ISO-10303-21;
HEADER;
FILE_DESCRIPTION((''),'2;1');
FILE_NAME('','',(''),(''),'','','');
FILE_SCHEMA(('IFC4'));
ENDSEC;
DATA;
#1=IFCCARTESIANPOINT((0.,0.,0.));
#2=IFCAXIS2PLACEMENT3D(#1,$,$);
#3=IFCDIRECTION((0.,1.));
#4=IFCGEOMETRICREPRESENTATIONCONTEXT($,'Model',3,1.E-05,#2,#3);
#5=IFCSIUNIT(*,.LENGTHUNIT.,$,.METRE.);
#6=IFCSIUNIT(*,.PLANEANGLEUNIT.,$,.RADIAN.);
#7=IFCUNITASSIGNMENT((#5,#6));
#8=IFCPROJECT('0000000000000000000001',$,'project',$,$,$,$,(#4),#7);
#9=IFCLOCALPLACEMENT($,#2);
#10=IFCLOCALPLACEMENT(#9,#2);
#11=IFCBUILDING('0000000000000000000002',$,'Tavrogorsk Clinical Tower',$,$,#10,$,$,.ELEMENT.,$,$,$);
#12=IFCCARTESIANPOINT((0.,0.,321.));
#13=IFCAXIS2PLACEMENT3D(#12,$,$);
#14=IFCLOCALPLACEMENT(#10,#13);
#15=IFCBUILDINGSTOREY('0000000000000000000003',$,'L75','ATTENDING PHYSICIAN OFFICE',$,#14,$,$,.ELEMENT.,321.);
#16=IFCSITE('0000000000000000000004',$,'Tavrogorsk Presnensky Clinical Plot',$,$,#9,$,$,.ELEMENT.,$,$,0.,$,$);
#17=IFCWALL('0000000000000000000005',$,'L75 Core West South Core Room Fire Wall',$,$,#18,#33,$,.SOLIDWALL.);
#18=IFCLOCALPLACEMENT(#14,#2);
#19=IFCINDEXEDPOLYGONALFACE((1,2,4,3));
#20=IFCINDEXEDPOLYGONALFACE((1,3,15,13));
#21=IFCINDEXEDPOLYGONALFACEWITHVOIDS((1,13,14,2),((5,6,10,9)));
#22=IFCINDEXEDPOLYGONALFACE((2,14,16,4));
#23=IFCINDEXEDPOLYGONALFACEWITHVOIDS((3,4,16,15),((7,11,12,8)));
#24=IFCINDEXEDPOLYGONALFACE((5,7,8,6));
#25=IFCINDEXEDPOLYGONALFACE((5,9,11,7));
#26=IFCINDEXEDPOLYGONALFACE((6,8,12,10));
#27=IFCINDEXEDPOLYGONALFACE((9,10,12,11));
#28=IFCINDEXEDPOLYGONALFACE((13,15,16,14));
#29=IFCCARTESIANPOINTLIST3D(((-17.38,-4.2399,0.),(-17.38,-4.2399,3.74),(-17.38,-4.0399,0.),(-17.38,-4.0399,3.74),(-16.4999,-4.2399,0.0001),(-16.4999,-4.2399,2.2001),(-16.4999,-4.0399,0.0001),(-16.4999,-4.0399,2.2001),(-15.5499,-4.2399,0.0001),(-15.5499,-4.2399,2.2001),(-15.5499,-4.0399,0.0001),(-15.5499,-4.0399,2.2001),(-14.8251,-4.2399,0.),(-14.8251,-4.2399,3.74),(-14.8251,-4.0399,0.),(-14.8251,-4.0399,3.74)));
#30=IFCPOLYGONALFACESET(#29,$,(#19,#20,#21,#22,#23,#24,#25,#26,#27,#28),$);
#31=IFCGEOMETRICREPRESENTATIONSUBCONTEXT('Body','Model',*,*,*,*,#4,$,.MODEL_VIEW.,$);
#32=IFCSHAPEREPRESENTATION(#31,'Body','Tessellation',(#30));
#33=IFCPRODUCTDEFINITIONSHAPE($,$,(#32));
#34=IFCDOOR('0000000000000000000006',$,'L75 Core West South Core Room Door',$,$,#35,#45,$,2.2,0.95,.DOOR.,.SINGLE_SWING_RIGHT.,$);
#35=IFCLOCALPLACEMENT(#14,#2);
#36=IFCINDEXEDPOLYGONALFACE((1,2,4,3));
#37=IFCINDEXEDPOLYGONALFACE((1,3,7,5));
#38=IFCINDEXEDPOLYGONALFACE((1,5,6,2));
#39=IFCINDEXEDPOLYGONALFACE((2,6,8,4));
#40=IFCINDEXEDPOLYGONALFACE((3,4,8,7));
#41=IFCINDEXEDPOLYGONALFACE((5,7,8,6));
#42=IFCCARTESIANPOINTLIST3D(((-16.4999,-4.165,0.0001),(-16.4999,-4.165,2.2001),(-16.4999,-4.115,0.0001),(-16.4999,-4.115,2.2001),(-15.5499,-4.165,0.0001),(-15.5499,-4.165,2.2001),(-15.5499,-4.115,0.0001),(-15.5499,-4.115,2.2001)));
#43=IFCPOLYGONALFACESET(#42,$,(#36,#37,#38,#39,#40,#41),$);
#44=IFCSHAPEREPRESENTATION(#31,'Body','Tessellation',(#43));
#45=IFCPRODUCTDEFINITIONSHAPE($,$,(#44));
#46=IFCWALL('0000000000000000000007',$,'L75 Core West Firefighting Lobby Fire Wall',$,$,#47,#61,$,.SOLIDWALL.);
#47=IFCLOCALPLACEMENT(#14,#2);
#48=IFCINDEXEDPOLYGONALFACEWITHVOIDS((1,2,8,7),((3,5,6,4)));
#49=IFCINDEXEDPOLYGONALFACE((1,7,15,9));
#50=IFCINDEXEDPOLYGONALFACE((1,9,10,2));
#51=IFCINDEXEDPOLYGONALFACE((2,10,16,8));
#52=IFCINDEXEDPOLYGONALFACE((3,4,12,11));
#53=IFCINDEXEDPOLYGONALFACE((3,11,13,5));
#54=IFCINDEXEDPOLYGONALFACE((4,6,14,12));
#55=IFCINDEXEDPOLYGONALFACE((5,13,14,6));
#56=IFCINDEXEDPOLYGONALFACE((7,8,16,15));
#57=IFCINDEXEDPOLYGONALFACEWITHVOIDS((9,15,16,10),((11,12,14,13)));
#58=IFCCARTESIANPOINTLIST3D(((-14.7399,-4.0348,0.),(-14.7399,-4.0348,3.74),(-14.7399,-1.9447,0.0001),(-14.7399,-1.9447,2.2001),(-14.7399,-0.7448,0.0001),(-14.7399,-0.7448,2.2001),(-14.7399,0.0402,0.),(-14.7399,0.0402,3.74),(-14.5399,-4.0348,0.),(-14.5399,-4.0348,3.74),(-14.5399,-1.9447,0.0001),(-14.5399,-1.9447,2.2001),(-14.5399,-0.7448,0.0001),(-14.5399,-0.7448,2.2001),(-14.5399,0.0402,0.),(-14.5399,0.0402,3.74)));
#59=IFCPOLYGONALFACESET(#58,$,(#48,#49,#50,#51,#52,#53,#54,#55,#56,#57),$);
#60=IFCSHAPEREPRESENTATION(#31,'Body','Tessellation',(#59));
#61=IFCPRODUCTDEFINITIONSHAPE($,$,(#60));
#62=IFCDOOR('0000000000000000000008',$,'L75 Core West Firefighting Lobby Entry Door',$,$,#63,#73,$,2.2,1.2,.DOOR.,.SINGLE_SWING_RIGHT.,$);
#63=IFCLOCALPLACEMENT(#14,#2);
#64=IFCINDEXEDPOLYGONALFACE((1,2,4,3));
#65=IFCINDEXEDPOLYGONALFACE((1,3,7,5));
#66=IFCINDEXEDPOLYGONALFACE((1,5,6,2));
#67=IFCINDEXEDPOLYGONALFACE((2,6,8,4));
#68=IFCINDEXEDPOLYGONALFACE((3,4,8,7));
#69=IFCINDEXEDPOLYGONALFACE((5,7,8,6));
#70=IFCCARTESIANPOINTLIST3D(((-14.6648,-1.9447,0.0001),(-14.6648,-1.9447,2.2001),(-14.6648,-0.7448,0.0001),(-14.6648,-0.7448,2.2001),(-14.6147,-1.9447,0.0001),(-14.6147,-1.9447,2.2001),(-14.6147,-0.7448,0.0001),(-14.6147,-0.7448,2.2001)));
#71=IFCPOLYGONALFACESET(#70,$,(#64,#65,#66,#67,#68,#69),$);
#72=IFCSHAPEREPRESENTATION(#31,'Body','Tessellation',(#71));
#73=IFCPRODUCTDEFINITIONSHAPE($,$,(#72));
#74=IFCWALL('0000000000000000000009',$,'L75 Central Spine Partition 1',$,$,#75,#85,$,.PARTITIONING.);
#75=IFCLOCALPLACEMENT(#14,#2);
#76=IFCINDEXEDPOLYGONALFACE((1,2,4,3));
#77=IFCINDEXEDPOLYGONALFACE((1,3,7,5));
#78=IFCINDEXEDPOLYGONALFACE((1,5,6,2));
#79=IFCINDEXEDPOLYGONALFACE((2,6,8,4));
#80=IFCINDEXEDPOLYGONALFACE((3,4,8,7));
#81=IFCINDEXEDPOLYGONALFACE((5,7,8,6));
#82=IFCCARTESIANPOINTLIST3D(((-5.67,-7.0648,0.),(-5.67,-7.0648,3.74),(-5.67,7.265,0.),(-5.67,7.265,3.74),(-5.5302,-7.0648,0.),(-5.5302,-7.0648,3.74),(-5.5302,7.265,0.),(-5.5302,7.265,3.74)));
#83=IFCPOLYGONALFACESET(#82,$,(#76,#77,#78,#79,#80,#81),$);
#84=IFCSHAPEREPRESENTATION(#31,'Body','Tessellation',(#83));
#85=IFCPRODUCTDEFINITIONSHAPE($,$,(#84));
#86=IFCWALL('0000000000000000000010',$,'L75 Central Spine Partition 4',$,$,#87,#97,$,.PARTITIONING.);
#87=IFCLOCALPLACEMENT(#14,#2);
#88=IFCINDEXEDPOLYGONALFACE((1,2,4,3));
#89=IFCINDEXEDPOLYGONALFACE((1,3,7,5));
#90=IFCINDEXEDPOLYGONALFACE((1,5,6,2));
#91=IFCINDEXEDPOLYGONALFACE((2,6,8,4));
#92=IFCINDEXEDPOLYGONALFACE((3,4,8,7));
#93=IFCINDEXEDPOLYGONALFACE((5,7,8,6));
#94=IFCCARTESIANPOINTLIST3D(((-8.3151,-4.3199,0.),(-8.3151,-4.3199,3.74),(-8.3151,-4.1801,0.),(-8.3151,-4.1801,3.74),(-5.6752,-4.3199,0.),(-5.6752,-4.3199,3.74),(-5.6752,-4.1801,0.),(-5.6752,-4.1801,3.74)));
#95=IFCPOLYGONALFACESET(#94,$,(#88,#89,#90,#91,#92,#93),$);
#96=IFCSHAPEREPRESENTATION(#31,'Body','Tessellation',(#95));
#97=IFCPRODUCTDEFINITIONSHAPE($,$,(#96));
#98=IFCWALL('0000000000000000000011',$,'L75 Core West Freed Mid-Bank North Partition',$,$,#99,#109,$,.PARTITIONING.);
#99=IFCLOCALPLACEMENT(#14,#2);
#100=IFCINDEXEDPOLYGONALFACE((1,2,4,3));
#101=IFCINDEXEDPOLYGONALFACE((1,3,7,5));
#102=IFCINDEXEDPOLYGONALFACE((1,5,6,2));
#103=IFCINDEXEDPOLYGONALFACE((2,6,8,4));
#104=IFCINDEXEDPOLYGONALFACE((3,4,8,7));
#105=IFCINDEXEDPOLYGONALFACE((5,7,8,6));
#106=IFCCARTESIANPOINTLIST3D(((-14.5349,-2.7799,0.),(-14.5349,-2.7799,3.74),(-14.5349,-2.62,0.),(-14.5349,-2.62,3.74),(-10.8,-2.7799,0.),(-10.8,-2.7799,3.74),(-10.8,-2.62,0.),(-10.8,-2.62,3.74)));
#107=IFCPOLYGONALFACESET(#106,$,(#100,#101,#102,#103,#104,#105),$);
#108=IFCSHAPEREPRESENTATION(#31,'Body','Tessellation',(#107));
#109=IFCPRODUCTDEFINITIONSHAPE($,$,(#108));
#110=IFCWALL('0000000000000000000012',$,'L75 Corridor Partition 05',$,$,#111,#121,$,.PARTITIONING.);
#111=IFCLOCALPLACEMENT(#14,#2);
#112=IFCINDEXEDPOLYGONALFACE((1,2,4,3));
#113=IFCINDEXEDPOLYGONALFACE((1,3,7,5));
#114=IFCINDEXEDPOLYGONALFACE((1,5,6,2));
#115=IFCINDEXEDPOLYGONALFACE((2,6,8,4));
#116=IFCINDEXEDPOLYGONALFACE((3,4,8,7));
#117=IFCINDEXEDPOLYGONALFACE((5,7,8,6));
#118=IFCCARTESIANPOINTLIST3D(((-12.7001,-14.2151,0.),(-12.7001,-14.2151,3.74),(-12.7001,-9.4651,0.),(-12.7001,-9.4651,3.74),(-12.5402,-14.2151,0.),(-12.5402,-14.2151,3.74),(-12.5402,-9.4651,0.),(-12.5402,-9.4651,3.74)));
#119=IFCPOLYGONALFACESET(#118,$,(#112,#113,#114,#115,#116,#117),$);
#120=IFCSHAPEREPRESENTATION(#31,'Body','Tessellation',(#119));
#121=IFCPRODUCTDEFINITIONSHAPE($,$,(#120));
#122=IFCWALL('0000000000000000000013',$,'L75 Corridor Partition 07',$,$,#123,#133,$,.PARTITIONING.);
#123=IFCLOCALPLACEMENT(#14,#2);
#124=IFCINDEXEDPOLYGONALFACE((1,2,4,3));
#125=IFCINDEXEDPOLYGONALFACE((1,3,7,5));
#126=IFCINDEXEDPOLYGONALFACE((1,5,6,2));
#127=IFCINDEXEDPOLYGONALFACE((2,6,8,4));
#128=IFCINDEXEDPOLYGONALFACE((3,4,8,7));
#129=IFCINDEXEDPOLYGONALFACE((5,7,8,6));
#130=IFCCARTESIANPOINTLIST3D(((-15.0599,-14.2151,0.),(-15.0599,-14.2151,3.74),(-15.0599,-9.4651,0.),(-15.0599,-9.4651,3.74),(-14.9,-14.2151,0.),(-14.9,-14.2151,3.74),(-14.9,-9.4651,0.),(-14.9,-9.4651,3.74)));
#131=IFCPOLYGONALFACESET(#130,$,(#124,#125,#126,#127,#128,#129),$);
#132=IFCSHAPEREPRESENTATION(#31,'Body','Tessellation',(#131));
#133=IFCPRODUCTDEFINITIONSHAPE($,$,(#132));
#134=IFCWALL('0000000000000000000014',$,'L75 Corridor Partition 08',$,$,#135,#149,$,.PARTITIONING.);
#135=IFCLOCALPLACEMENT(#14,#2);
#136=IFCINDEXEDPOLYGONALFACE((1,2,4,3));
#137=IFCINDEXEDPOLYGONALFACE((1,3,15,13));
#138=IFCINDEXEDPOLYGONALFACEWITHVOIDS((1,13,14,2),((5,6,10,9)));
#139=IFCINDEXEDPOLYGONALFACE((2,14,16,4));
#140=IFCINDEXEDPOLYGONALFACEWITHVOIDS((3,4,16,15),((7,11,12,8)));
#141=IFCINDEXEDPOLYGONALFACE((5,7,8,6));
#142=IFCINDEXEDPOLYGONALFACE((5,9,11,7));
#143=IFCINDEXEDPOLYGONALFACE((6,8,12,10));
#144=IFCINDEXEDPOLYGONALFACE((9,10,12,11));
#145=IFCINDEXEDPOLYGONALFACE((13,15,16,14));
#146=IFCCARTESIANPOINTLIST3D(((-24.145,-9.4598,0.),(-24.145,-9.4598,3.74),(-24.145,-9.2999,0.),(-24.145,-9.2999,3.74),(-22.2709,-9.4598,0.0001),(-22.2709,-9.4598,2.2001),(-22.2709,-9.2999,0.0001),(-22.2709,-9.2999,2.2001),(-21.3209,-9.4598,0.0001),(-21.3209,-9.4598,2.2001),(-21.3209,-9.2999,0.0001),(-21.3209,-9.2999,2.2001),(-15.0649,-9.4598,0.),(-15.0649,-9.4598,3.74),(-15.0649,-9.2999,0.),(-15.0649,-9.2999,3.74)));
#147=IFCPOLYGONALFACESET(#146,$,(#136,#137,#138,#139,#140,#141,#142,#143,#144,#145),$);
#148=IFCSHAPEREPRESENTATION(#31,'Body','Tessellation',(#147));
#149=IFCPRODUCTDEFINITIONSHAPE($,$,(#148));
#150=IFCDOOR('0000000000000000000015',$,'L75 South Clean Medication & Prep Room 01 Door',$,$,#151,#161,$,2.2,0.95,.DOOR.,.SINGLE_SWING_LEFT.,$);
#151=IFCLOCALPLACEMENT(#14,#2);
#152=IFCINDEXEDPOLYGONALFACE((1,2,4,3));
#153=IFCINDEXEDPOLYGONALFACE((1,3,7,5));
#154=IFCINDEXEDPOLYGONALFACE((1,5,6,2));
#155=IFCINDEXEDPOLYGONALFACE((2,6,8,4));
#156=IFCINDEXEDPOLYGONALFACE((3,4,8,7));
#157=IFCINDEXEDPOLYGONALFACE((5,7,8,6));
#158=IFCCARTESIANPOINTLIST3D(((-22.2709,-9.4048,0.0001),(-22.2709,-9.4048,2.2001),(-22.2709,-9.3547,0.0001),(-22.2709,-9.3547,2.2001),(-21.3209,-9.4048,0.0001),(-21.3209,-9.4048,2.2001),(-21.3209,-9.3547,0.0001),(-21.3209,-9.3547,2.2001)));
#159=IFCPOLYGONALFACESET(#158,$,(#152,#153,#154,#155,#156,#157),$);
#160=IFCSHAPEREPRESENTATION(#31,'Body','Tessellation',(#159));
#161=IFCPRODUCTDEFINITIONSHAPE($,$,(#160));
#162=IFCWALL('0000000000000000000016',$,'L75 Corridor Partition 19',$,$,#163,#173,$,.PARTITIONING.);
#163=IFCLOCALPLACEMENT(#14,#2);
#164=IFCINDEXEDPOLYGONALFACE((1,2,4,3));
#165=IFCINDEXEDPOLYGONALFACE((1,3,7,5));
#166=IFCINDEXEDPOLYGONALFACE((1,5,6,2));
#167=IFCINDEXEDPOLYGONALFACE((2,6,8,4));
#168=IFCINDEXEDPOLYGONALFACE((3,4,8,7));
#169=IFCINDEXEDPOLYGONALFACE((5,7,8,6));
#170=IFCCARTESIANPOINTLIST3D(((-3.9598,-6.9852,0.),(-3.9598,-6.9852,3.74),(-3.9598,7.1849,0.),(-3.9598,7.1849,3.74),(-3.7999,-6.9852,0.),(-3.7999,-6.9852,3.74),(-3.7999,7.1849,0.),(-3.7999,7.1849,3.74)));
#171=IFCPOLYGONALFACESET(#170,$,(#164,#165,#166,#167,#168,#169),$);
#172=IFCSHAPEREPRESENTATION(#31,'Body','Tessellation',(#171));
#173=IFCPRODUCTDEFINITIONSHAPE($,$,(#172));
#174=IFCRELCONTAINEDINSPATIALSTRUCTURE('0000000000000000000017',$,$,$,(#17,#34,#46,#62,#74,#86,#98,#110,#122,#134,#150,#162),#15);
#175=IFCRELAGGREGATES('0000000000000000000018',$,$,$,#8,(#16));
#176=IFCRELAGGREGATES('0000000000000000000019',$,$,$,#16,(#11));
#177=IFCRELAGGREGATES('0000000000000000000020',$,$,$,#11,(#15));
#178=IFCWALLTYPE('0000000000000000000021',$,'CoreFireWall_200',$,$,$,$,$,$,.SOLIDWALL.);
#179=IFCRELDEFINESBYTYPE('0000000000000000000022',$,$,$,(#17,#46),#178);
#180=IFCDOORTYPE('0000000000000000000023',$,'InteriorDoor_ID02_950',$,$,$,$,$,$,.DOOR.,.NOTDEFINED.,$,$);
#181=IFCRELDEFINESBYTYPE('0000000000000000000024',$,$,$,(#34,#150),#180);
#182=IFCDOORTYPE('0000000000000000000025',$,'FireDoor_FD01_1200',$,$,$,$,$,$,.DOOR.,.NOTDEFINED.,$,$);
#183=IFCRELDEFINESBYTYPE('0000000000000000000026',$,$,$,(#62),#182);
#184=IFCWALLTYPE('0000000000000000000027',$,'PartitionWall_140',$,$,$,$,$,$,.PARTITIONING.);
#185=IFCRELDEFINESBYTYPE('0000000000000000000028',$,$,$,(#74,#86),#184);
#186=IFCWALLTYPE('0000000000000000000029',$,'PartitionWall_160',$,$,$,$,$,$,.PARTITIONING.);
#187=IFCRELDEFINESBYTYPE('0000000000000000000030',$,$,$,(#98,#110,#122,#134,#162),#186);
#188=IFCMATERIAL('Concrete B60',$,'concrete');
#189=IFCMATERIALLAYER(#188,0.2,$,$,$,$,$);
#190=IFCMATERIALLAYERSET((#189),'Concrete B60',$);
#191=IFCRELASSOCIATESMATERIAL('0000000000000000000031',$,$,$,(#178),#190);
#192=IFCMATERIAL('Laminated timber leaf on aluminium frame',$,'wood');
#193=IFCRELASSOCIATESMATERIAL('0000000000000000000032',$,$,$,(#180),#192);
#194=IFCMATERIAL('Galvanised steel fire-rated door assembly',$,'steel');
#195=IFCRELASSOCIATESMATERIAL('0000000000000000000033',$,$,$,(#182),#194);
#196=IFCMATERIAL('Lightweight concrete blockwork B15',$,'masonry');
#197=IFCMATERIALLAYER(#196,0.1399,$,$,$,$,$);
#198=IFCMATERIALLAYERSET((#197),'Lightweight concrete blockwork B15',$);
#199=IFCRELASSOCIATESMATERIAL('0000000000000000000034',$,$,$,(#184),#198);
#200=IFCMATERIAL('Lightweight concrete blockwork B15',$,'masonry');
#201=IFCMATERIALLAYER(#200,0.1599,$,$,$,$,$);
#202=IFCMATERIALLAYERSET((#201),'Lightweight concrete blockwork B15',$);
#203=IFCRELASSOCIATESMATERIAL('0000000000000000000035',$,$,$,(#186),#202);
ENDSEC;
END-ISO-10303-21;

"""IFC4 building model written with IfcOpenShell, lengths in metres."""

from ifc_helpers import new_model, si_unit, direction, frame, frame_2d, origin, place, context, subcontext, project, spatial, rectangle, extrude, material, layer, layer_set, type_object, element, fill, save


model = new_model("IFC4")

# Units and contexts
model_context = context("Model", 3, precision=1e-05, world=origin(), true_north=direction((0.0, 1.0)))
body_context = subcontext(model_context, "Body", "Model", "MODEL_VIEW")
ifc_project = project(units=[si_unit("LENGTHUNIT", "METRE"), si_unit("PLANEANGLEUNIT", "RADIAN")], contexts=[model_context])

# Site, building, storey
site_placement = place(None, origin())
site = spatial("IfcSite", under=ifc_project, at=site_placement, Name="Tavrogorsk Presnensky Clinical Plot", CompositionType="ELEMENT", RefElevation=0.0)
building_placement = place(site_placement, origin())
building = spatial("IfcBuilding", under=site, at=building_placement, Name="Tavrogorsk Clinical Tower", CompositionType="ELEMENT")
storey_placement = place(building_placement, frame((0.0, 0.0, 321.0)))
storey = spatial("IfcBuildingStorey", under=building, at=storey_placement, Name="L75", Description="ATTENDING PHYSICIAN OFFICE", CompositionType="ELEMENT", Elevation=321.0)

# Walls, openings, doors
ifc_material_1 = material(Name="Concrete B60", Category="concrete")
ifc_layer_1 = layer(ifc_material_1, 0.2)
ifc_layer_set_1 = layer_set([ifc_layer_1], Name="Concrete B60")
wall_type_1 = type_object("IfcWallType", Name="CoreFireWall_200", PredefinedType="SOLIDWALL", material=ifc_layer_set_1)
wall_1_placement = place(storey_placement, frame((-17.3799, -4.1399, 0.0), z_axis=(0.0, 0.0, 1.0), x_axis=(1.0, 0.0, 0.0)))
wall_1 = element("IfcWall", 1, at=wall_1_placement, inside=storey, type_object=wall_type_1, Name="L75 Core West South Core Room Fire Wall", PredefinedType="SOLIDWALL", context=body_context, shape_type="SweptSolid", body=[
    extrude(rectangle(XDim=2.5549, YDim=0.2, at=frame_2d((1.2773, 0.0))), origin(), (0.0, 0.0, 1.0), 3.74),
])
opening_1_placement = place(wall_1_placement, frame((0.8799, 0.0, 0.0)))
opening_1 = element("IfcOpeningElement", 2, at=opening_1_placement, cuts=wall_1, PredefinedType="OPENING", context=body_context, shape_type="SweptSolid", body=[
    extrude(rectangle(XDim=0.95, YDim=2.2, at=frame_2d((0.4751, 1.1001))), frame((0.0, 0.1099, 0.0), z_axis=(0.0, -1.0, 0.0), x_axis=(1.0, 0.0, 0.0)), (0.0, 0.0, 1.0), 0.22),
])
ifc_material_2 = material(Name="Laminated timber leaf on aluminium frame", Category="wood")
door_type_1 = type_object("IfcDoorType", Name="InteriorDoor_ID02_950", OperationType="NOTDEFINED", PredefinedType="DOOR", material=ifc_material_2)
door_1_placement = place(opening_1_placement, origin())
door_1 = element("IfcDoor", 3, at=door_1_placement, inside=storey, type_object=door_type_1, Name="L75 Core West South Core Room Door", OperationType="SINGLE_SWING_RIGHT", OverallHeight=2.2, OverallWidth=0.95, PredefinedType="DOOR", context=body_context, shape_type="SweptSolid", body=[
    extrude(rectangle(XDim=0.95, YDim=2.2, at=frame_2d((0.4751, 1.1001))), frame((0.0, 0.0249, 0.0), z_axis=(0.0, -1.0, 0.0), x_axis=(1.0, 0.0, 0.0)), (0.0, 0.0, 1.0), 0.05),
])
fill(opening_1, door_1)
wall_2_placement = place(storey_placement, frame((-14.6399, -4.0349, 0.0), z_axis=(0.0, 0.0, 1.0), x_axis=(0.0, 1.0, 0.0)))
wall_2 = element("IfcWall", 4, at=wall_2_placement, inside=storey, type_object=wall_type_1, Name="L75 Core West Firefighting Lobby Fire Wall", PredefinedType="SOLIDWALL", context=body_context, shape_type="SweptSolid", body=[
    extrude(rectangle(XDim=4.075, YDim=0.2, at=frame_2d((2.0376, 0.0))), origin(), (0.0, 0.0, 1.0), 3.74),
])
opening_2_placement = place(wall_2_placement, frame((2.0901, 0.0, 0.0)))
opening_2 = element("IfcOpeningElement", 5, at=opening_2_placement, cuts=wall_2, PredefinedType="OPENING", context=body_context, shape_type="SweptSolid", body=[
    extrude(rectangle(XDim=1.2, YDim=2.2, at=frame_2d((0.6001, 1.1001))), frame((0.0, 0.1099, 0.0), z_axis=(0.0, -1.0, 0.0), x_axis=(1.0, 0.0, 0.0)), (0.0, 0.0, 1.0), 0.22),
])
ifc_material_3 = material(Name="Galvanised steel fire-rated door assembly", Category="steel")
door_type_2 = type_object("IfcDoorType", Name="FireDoor_FD01_1200", OperationType="NOTDEFINED", PredefinedType="DOOR", material=ifc_material_3)
door_2_placement = place(opening_2_placement, origin())
door_2 = element("IfcDoor", 6, at=door_2_placement, inside=storey, type_object=door_type_2, Name="L75 Core West Firefighting Lobby Entry Door", OperationType="SINGLE_SWING_RIGHT", OverallHeight=2.2, OverallWidth=1.2, PredefinedType="DOOR", context=body_context, shape_type="SweptSolid", body=[
    extrude(rectangle(XDim=1.2, YDim=2.2, at=frame_2d((0.6001, 1.1001))), frame((0.0, 0.0249, 0.0), z_axis=(0.0, -1.0, 0.0), x_axis=(1.0, 0.0, 0.0)), (0.0, 0.0, 1.0), 0.05),
])
fill(opening_2, door_2)

# Walls
ifc_material_4 = material(Name="Lightweight concrete blockwork B15", Category="masonry")
ifc_layer_2 = layer(ifc_material_4, 0.1399)
ifc_layer_set_2 = layer_set([ifc_layer_2], Name="Lightweight concrete blockwork B15")
wall_type_2 = type_object("IfcWallType", Name="PartitionWall_140", PredefinedType="PARTITIONING", material=ifc_layer_set_2)
wall_3_placement = place(storey_placement, frame((-5.6001, -7.0649, 0.0), z_axis=(0.0, 0.0, 1.0), x_axis=(0.0, 1.0, 0.0)))
element("IfcWall", 7, at=wall_3_placement, inside=storey, type_object=wall_type_2, Name="L75 Central Spine Partition 1", PredefinedType="PARTITIONING", context=body_context, shape_type="SweptSolid", body=[
    extrude(rectangle(XDim=14.3298, YDim=0.1399, at=frame_2d((7.165, 0.0))), origin(), (0.0, 0.0, 1.0), 3.74),
])
wall_4_placement = place(storey_placement, frame((-8.3149, -4.25, 0.0), z_axis=(0.0, 0.0, 1.0), x_axis=(1.0, 0.0, 0.0)))
element("IfcWall", 8, at=wall_4_placement, inside=storey, type_object=wall_type_2, Name="L75 Central Spine Partition 4", PredefinedType="PARTITIONING", context=body_context, shape_type="SweptSolid", body=[
    extrude(rectangle(XDim=2.6399, YDim=0.1399, at=frame_2d((1.3198, 0.0))), origin(), (0.0, 0.0, 1.0), 3.74),
])
ifc_material_5 = material(Name="Lightweight concrete blockwork B15", Category="masonry")
ifc_layer_3 = layer(ifc_material_5, 0.1599)
ifc_layer_set_3 = layer_set([ifc_layer_3], Name="Lightweight concrete blockwork B15")
wall_type_3 = type_object("IfcWallType", Name="PartitionWall_160", PredefinedType="PARTITIONING", material=ifc_layer_set_3)
wall_5_placement = place(storey_placement, frame((-14.5349, -2.7, 0.0), z_axis=(0.0, 0.0, 1.0), x_axis=(1.0, 0.0, 0.0)))
element("IfcWall", 9, at=wall_5_placement, inside=storey, type_object=wall_type_3, Name="L75 Core West Freed Mid-Bank North Partition", PredefinedType="PARTITIONING", context=body_context, shape_type="SweptSolid", body=[
    extrude(rectangle(XDim=3.7349, YDim=0.1599, at=frame_2d((1.8674, 0.0))), origin(), (0.0, 0.0, 1.0), 3.74),
])
for number, where, z_axis, x_axis, name in (
    (10, (-12.6201, -9.4651, 0.0), (0.0, 0.0, 1.0), (0.0, -1.0, 0.0), "L75 Corridor Partition 05"),
    (11, (-14.98, -14.2151, 0.0), (0.0, 0.0, 1.0), (0.0, 1.0, 0.0), "L75 Corridor Partition 07"),
):
    element("IfcWall", number, at=place(storey_placement, frame(where, z_axis=z_axis, x_axis=x_axis)), inside=storey, type_object=wall_type_3, Name=name, PredefinedType="PARTITIONING", context=body_context, shape_type="SweptSolid", body=[
        extrude(rectangle(XDim=4.75, YDim=0.1599, at=frame_2d((2.375, 0.0))), origin(), (0.0, 0.0, 1.0), 3.74),
    ])

# Wall, opening, door
wall_6_placement = place(storey_placement, frame((-15.0649, -9.3799, 0.0), z_axis=(0.0, 0.0, 1.0), x_axis=(-1.0, 0.0, 0.0)))
wall_6 = element("IfcWall", 12, at=wall_6_placement, inside=storey, type_object=wall_type_3, Name="L75 Corridor Partition 08", PredefinedType="PARTITIONING", context=body_context, shape_type="SweptSolid", body=[
    extrude(rectangle(XDim=9.0801, YDim=0.1599, at=frame_2d((4.54, 0.0))), origin(), (0.0, 0.0, 1.0), 3.74),
])
opening_3_placement = place(wall_6_placement, frame((6.2559, 0.0, 0.0)))
opening_3 = element("IfcOpeningElement", 13, at=opening_3_placement, cuts=wall_6, PredefinedType="OPENING", context=body_context, shape_type="SweptSolid", body=[
    extrude(rectangle(XDim=0.95, YDim=2.2, at=frame_2d((0.4751, 1.1001))), frame((0.0, 0.0898, 0.0), z_axis=(0.0, -1.0, 0.0), x_axis=(1.0, 0.0, 0.0)), (0.0, 0.0, 1.0), 0.1799),
])
door_3_placement = place(opening_3_placement, origin())
door_3 = element("IfcDoor", 14, at=door_3_placement, inside=storey, type_object=door_type_1, Name="L75 South Clean Medication & Prep Room 01 Door", OperationType="SINGLE_SWING_LEFT", OverallHeight=2.2, OverallWidth=0.95, PredefinedType="DOOR", context=body_context, shape_type="SweptSolid", body=[
    extrude(rectangle(XDim=0.95, YDim=2.2, at=frame_2d((0.4751, 1.1001))), frame((0.0, 0.0249, 0.0), z_axis=(0.0, -1.0, 0.0), x_axis=(1.0, 0.0, 0.0)), (0.0, 0.0, 1.0), 0.05),
])
fill(opening_3, door_3)

# Wall
wall_7_placement = place(storey_placement, frame((-3.8799, -6.9851, 0.0), z_axis=(0.0, 0.0, 1.0), x_axis=(0.0, 1.0, 0.0)))
element("IfcWall", 15, at=wall_7_placement, inside=storey, type_object=wall_type_3, Name="L75 Corridor Partition 19", PredefinedType="PARTITIONING", context=body_context, shape_type="SweptSolid", body=[
    extrude(rectangle(XDim=14.1702, YDim=0.1599, at=frame_2d((7.085, 0.0))), origin(), (0.0, 0.0, 1.0), 3.74),
])

save(model, "model.ifc")
